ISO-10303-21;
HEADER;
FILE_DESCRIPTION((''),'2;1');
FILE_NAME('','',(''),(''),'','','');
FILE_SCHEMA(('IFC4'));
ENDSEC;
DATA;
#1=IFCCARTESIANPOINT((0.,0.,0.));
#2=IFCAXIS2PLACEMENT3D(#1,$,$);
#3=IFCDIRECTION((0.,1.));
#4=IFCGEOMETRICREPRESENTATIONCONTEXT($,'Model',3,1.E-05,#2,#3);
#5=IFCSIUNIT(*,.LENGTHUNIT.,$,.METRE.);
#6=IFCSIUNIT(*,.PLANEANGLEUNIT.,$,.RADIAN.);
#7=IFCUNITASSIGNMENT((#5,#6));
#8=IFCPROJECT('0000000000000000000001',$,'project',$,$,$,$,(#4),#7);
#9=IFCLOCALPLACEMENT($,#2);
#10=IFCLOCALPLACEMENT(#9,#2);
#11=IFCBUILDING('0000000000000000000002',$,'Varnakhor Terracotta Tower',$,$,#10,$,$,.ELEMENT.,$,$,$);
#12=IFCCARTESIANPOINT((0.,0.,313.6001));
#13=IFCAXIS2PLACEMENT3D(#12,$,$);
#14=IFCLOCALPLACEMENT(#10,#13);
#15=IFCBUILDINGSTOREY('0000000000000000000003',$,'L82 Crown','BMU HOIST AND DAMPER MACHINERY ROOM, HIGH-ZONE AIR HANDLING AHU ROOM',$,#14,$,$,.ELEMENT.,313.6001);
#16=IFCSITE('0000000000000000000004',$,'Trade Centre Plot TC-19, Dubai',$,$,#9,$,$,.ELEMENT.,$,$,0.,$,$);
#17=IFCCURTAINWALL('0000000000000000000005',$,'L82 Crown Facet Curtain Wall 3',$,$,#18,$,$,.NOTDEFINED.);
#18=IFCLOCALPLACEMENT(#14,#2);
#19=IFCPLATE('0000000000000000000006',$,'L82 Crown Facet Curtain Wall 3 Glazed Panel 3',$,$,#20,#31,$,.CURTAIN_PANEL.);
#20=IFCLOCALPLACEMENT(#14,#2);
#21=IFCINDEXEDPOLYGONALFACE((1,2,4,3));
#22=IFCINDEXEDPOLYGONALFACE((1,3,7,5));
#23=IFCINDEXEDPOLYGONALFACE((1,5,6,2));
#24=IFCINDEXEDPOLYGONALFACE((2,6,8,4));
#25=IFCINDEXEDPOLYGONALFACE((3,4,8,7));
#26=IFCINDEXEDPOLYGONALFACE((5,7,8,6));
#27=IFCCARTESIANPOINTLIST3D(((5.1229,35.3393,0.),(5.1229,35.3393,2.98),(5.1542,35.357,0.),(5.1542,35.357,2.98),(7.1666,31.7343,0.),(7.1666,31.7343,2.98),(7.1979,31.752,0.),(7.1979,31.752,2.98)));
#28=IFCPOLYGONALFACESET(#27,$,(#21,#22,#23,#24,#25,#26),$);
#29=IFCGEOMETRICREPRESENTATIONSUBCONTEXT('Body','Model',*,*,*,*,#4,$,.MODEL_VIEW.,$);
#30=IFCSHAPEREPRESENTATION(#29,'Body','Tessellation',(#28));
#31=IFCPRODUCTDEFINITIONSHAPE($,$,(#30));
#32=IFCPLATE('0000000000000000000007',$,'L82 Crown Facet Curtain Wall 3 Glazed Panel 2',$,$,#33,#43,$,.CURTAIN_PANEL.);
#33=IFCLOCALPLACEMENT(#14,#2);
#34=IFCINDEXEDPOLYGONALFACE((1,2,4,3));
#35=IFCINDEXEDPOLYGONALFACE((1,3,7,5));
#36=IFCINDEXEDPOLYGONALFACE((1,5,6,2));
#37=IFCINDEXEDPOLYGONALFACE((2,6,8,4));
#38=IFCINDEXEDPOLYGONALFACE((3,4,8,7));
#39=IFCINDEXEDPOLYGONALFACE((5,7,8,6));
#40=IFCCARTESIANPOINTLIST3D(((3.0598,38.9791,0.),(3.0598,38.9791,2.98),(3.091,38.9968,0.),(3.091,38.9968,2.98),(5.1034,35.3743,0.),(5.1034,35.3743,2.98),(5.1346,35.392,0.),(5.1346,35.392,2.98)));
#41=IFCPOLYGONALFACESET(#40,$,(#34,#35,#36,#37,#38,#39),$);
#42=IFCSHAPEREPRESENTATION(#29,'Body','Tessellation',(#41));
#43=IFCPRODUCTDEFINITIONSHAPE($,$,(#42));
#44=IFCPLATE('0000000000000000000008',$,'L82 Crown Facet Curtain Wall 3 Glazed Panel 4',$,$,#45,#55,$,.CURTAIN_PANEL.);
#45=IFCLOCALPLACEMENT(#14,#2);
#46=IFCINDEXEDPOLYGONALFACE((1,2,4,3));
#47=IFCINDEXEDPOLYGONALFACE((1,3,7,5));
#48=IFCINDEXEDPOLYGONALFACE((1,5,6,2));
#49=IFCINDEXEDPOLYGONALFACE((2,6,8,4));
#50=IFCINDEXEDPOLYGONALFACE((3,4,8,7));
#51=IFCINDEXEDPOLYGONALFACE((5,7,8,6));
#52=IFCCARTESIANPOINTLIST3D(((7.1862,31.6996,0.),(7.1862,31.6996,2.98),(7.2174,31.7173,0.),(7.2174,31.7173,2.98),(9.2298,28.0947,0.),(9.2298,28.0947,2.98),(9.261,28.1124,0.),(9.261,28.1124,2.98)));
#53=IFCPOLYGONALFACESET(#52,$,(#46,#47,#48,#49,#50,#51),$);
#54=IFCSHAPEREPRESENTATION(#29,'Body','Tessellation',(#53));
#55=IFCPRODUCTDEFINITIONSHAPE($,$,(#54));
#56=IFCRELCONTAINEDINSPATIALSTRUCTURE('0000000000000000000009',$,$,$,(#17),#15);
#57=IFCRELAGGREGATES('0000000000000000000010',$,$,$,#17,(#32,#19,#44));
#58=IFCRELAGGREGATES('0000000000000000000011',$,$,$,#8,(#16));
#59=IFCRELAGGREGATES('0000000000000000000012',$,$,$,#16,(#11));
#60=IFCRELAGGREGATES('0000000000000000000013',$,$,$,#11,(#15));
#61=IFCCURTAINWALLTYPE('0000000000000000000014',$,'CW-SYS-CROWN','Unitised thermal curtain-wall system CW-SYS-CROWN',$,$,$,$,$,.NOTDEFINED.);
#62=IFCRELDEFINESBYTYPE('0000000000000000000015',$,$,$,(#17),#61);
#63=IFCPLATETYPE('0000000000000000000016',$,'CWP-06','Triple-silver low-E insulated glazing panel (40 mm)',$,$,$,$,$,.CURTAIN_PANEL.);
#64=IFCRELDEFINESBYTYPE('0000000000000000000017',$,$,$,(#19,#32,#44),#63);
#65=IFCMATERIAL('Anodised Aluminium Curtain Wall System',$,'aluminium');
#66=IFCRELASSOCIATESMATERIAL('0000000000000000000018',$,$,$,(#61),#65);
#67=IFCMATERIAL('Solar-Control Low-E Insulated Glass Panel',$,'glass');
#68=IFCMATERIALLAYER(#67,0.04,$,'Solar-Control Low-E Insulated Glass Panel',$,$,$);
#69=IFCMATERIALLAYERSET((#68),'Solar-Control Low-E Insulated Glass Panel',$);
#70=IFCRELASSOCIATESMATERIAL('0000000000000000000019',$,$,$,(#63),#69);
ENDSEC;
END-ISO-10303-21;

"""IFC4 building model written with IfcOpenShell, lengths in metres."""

from ifc_helpers import new_model, si_unit, direction, frame, origin, origin_2d, place, context, subcontext, project, spatial, rectangle, extrude, source, transform, mapped, material, layer, layer_set, type_object, element, aggregate, save


model = new_model("IFC4")

# Units and contexts
model_context = context("Model", 3, precision=1e-05, world=origin(), true_north=direction((0.0, 1.0)))
body_context = subcontext(model_context, "Body", "Model", "MODEL_VIEW")
ifc_project = project(units=[si_unit("LENGTHUNIT", "METRE"), si_unit("PLANEANGLEUNIT", "RADIAN")], contexts=[model_context])

# Site, building, storey
site_placement = place(None, origin())
site = spatial("IfcSite", under=ifc_project, at=site_placement, Name="Trade Centre Plot TC-19, Dubai", CompositionType="ELEMENT", RefElevation=0.0)
building_placement = place(site_placement, origin())
building = spatial("IfcBuilding", under=site, at=building_placement, Name="Varnakhor Terracotta Tower", CompositionType="ELEMENT")
storey_placement = place(building_placement, frame((0.0, 0.0, 313.6001)))
storey = spatial("IfcBuildingStorey", under=building, at=storey_placement, Name="L82 Crown", Description="BMU HOIST AND DAMPER MACHINERY ROOM, HIGH-ZONE AIR HANDLING AHU ROOM", CompositionType="ELEMENT", Elevation=313.6001)

# Shared definitions
ifc_material_1 = material(Name="Anodised Aluminium Curtain Wall System", Category="aluminium")
curtain_wall_type = type_object("IfcCurtainWallType", Name="CW-SYS-CROWN", Description="Unitised thermal curtain-wall system CW-SYS-CROWN", PredefinedType="NOTDEFINED", material=ifc_material_1)

# Curtain wall
curtain_wall_1_placement = place(storey_placement, origin())
curtain_wall_1 = element("IfcCurtainWall", 1, at=curtain_wall_1_placement, inside=storey, type_object=curtain_wall_type, Name="L82 Crown Facet Curtain Wall 3", PredefinedType="NOTDEFINED")

# Plates
ifc_material_2 = material(Name="Solar-Control Low-E Insulated Glass Panel", Category="glass")
ifc_layer = layer(ifc_material_2, 0.04, Name="Solar-Control Low-E Insulated Glass Panel")
ifc_layer_set = layer_set([ifc_layer], Name="Solar-Control Low-E Insulated Glass Panel")
plate_type = type_object("IfcPlateType", Name="CWP-06", Description="Triple-silver low-E insulated glazing panel (40 mm)", PredefinedType="CURTAIN_PANEL", material=ifc_layer_set)
shared_shape_1 = source(origin(), body_context, "Body", "SweptSolid", [
    extrude(rectangle(XDim=4.144, YDim=0.0359, at=origin_2d()), origin(), (0.0, 0.0, 1.0), 2.98),
])
plate_1_placement = place(storey_placement, frame((6.1604, 33.5457, 0.0), z_axis=(0.0, 0.0, 1.0), x_axis=(0.493168, -0.869934, 0.0)))
plate_1 = element("IfcPlate", 2, at=plate_1_placement, type_object=plate_type, Name="L82 Crown Facet Curtain Wall 3 Glazed Panel 3", PredefinedType="CURTAIN_PANEL", context=body_context, shape_type="MappedRepresentation", body=[
    mapped(shared_shape_1, transform((0.0, 0.0, 0.0), scale=1.0)),
])
shared_shape_2 = source(origin(), body_context, "Body", "SweptSolid", [
    extrude(rectangle(XDim=4.1438, YDim=0.0359, at=origin_2d()), origin(), (0.0, 0.0, 1.0), 2.98),
])
plate_2_placement = place(storey_placement, frame((4.0972, 37.1855, 0.0), z_axis=(0.0, 0.0, 1.0), x_axis=(0.493168, -0.869934, 0.0)))
plate_2 = element("IfcPlate", 3, at=plate_2_placement, type_object=plate_type, Name="L82 Crown Facet Curtain Wall 3 Glazed Panel 2", PredefinedType="CURTAIN_PANEL", context=body_context, shape_type="MappedRepresentation", body=[
    mapped(shared_shape_2, transform((0.0, 0.0, 0.0), scale=1.0)),
])
plate_3_placement = place(storey_placement, frame((8.2236, 29.906, 0.0), z_axis=(0.0, 0.0, 1.0), x_axis=(0.493168, -0.869934, 0.0)))
plate_3 = element("IfcPlate", 4, at=plate_3_placement, type_object=plate_type, Name="L82 Crown Facet Curtain Wall 3 Glazed Panel 4", PredefinedType="CURTAIN_PANEL", context=body_context, shape_type="MappedRepresentation", body=[
    mapped(shared_shape_2, transform((0.0, 0.0, 0.0), scale=1.0)),
])
aggregate(curtain_wall_1, [plate_2, plate_1, plate_3])

save(model, "model.ifc")
